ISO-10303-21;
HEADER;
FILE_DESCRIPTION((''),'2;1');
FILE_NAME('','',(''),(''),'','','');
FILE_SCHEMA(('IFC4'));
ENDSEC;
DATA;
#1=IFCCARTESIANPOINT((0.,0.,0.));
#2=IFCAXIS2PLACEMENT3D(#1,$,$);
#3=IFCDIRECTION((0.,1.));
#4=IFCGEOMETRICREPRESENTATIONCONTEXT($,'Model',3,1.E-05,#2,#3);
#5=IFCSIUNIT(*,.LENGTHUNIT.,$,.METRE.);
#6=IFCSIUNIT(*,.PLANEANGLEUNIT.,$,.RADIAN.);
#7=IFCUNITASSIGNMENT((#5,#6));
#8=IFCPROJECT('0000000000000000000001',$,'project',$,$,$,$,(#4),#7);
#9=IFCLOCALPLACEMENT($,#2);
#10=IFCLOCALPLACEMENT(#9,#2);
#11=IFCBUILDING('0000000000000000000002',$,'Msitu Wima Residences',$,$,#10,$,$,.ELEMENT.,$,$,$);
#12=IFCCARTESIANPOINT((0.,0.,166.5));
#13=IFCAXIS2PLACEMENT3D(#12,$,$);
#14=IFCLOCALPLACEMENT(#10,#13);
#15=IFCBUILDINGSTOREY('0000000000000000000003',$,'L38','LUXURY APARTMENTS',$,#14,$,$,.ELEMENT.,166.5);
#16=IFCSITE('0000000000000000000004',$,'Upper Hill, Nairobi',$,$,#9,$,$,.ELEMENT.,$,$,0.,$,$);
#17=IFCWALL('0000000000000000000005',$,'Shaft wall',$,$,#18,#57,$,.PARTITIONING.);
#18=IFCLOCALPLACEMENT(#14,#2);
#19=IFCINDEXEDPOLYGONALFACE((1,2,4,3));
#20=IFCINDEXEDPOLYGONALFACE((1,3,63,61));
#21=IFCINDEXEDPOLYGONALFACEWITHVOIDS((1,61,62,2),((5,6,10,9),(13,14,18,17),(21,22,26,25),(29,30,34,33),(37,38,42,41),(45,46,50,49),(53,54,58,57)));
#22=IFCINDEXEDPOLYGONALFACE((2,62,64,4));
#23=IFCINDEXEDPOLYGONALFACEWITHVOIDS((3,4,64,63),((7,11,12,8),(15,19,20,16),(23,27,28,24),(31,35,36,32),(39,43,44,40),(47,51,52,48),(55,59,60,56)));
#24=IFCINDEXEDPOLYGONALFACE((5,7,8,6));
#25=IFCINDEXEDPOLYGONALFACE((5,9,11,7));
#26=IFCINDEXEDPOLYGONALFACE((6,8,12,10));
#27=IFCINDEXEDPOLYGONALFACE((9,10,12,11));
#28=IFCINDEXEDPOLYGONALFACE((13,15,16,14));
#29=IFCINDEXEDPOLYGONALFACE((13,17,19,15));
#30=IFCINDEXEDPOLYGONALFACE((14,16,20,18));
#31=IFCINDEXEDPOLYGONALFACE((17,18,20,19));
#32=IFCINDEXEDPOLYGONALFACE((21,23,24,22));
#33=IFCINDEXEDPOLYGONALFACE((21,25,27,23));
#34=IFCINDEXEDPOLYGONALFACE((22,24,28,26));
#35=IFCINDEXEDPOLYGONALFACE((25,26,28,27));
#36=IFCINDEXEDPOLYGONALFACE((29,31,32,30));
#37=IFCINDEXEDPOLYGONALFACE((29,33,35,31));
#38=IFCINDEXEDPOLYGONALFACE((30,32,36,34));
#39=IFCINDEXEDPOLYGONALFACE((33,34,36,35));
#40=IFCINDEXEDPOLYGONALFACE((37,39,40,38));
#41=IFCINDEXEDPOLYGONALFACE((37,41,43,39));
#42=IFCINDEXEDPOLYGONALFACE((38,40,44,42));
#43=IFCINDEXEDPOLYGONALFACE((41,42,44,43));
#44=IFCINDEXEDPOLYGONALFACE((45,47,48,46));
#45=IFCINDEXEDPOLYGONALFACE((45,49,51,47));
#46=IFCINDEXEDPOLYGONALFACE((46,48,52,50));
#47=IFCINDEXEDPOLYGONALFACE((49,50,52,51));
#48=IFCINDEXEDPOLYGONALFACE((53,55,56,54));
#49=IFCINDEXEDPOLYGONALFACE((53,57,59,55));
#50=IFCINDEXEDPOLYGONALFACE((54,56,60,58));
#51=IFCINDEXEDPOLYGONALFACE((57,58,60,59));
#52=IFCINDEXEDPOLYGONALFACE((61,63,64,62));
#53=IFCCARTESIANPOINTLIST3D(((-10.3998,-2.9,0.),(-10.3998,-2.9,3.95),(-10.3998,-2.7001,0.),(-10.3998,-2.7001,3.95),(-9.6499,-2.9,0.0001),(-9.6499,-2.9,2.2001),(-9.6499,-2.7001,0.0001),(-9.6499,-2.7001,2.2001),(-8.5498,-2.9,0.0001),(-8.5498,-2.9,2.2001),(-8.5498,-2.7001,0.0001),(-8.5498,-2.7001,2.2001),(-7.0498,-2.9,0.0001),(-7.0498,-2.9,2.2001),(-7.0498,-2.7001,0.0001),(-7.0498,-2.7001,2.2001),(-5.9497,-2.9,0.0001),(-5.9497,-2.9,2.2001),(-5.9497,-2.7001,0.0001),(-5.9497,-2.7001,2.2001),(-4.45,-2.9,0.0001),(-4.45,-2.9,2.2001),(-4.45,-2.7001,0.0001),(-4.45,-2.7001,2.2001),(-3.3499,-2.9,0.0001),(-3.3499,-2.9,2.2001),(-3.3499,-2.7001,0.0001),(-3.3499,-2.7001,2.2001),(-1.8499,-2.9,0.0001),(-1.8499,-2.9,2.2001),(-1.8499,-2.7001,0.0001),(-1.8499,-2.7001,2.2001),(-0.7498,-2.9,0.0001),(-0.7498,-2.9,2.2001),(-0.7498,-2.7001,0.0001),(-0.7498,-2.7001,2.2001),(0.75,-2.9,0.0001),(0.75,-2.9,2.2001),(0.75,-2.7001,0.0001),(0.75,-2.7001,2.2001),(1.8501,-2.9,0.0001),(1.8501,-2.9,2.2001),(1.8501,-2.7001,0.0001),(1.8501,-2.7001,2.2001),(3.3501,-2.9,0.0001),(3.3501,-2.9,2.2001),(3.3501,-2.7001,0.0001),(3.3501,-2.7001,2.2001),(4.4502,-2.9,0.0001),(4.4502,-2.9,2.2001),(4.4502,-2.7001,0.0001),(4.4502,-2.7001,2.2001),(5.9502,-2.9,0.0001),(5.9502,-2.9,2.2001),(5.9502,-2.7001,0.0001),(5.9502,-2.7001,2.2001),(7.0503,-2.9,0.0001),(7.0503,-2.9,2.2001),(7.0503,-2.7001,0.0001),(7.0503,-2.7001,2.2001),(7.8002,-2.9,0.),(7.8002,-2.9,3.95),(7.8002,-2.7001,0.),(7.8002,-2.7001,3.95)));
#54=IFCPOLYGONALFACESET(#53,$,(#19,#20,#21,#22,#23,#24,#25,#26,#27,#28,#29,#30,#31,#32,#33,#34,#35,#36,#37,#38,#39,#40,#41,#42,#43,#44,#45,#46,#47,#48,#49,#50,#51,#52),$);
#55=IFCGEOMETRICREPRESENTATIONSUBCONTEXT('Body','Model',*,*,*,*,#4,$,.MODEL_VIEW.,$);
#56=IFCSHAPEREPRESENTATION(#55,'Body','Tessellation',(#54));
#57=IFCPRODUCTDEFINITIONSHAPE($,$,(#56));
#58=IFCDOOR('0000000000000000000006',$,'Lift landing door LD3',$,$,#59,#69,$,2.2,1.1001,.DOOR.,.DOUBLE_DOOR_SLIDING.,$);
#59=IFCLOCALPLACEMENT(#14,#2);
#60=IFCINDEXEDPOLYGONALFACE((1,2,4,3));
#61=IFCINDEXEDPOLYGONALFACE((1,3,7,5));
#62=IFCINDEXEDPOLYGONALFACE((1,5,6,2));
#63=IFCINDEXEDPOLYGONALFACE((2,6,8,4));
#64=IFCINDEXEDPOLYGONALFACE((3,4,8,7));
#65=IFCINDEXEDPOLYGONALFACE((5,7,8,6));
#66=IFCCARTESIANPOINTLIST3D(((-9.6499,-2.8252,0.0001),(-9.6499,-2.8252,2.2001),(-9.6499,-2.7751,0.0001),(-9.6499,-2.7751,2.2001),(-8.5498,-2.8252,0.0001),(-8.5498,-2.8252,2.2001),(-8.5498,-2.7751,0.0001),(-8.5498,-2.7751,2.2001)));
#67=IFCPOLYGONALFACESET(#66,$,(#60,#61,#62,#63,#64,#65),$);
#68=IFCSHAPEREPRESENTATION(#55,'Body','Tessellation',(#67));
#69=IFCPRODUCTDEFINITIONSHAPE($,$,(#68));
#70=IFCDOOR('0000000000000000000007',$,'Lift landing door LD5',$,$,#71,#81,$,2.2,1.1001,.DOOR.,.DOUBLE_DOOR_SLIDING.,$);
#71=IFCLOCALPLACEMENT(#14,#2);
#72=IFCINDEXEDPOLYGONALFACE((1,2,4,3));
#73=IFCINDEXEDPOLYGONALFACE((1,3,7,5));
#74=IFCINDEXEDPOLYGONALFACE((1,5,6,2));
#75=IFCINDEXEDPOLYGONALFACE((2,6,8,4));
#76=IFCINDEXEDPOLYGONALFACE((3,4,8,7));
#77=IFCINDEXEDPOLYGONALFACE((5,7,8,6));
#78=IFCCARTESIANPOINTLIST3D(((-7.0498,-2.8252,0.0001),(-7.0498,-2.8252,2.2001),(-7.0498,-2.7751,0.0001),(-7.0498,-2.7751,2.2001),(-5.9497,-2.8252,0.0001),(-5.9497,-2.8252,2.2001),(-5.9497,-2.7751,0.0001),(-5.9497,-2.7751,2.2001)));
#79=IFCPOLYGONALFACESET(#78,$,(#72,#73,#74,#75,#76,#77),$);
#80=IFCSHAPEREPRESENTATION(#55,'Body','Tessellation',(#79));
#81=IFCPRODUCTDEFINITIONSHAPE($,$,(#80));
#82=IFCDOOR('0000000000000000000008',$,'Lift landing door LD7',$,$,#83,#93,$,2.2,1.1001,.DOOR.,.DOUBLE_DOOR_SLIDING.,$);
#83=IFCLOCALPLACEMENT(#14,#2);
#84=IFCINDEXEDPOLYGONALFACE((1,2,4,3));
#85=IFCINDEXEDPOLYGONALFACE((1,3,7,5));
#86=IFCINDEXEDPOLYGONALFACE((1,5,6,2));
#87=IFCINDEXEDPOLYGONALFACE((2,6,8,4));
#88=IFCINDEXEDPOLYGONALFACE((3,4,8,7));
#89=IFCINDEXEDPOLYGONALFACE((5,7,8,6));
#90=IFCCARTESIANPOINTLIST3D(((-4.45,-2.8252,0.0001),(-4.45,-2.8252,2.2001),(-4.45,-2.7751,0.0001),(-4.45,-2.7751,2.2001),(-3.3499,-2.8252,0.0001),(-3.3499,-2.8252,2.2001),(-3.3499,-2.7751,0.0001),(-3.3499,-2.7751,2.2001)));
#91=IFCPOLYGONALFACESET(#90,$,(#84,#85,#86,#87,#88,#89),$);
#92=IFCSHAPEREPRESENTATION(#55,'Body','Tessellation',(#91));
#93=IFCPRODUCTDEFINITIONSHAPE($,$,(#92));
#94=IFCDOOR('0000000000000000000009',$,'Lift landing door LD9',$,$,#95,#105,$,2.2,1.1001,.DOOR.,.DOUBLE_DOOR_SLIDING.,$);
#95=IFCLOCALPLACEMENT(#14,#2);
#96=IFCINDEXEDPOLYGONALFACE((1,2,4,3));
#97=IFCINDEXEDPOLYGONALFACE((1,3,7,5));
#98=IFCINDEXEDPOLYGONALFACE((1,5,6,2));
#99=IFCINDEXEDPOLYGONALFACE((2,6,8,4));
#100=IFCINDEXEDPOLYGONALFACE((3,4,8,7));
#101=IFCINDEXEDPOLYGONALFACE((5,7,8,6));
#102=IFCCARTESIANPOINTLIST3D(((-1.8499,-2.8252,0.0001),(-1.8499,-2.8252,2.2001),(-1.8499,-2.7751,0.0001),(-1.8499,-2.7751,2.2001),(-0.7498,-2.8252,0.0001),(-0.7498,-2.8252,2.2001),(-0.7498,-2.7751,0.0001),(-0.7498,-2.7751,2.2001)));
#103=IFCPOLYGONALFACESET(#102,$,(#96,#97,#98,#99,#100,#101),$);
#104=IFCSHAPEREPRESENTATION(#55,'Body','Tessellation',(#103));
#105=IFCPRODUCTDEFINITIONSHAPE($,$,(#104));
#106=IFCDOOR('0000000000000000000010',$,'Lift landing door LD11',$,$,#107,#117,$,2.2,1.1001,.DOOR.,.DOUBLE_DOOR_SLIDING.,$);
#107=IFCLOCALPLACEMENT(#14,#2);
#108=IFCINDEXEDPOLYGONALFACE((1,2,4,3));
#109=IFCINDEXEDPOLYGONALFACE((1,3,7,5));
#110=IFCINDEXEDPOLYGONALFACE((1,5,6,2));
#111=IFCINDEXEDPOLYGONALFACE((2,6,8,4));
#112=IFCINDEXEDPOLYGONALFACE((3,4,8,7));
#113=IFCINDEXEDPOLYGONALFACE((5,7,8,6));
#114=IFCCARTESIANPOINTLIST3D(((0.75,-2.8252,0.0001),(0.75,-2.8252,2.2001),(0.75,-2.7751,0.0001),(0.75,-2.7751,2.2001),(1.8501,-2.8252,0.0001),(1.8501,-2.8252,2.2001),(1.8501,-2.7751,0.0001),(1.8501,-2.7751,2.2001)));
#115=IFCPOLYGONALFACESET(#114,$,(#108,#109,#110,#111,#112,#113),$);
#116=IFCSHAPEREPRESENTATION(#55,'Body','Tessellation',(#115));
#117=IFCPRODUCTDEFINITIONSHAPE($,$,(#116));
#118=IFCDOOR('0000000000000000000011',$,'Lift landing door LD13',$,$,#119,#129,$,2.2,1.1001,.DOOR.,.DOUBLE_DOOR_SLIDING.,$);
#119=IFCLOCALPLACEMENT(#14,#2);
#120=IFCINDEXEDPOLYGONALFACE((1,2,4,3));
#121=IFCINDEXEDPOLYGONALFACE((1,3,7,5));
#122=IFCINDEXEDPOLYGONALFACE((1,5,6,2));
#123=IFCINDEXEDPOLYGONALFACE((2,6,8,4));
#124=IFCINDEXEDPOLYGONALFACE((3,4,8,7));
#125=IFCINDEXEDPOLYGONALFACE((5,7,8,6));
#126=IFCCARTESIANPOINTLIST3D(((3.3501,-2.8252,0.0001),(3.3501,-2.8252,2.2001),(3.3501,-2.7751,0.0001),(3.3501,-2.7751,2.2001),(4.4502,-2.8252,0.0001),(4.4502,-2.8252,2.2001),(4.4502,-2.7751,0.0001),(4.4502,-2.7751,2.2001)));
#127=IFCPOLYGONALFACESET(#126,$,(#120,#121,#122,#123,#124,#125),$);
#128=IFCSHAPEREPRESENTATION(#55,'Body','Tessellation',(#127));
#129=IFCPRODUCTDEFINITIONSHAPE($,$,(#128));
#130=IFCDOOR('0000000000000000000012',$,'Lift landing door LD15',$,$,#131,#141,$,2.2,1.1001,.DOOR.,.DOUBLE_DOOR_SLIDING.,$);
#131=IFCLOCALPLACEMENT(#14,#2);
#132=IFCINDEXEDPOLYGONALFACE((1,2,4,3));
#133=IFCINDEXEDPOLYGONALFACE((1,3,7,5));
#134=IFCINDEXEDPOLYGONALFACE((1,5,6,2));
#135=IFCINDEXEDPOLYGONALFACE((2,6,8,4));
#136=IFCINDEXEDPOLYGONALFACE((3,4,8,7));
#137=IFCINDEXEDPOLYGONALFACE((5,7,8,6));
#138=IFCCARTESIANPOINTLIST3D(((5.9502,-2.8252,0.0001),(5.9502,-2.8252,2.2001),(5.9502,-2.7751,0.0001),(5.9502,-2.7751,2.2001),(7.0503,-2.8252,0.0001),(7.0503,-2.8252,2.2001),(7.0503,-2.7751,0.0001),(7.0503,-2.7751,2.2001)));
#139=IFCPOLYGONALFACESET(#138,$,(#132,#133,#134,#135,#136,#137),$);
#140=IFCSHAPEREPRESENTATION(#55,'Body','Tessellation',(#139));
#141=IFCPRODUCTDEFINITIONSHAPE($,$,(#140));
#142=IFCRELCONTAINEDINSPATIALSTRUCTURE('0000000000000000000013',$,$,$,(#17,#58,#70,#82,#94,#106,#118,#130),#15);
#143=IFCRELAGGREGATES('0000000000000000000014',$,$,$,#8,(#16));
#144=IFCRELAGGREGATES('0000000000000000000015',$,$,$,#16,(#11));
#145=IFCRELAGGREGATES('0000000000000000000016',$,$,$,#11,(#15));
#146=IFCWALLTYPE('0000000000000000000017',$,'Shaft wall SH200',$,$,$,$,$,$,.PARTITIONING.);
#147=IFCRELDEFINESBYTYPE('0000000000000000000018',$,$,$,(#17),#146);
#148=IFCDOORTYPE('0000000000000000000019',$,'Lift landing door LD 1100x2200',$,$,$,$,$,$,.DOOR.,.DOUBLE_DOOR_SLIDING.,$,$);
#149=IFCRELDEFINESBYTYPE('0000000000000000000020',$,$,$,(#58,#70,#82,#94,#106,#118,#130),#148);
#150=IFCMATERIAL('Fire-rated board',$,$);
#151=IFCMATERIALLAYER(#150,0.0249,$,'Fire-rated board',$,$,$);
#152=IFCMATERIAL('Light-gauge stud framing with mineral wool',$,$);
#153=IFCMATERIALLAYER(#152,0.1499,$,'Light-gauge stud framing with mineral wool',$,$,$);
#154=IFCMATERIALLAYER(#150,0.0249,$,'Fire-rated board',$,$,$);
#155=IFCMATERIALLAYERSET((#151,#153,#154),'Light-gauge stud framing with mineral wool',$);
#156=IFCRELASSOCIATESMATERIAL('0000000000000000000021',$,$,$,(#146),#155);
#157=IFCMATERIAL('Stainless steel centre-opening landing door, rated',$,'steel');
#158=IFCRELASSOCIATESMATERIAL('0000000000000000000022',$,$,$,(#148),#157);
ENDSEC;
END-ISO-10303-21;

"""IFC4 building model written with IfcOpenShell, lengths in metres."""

from ifc_helpers import new_model, si_unit, direction, frame, frame_2d, origin, place, context, subcontext, project, spatial, rectangle, extrude, material, layer, layer_set, type_object, element, fill, save


model = new_model("IFC4")

# Units and contexts
model_context = context("Model", 3, precision=1e-05, world=origin(), true_north=direction((0.0, 1.0)))
body_context = subcontext(model_context, "Body", "Model", "MODEL_VIEW")
ifc_project = project(units=[si_unit("LENGTHUNIT", "METRE"), si_unit("PLANEANGLEUNIT", "RADIAN")], contexts=[model_context])

# Site, building, storey
site_placement = place(None, origin())
site = spatial("IfcSite", under=ifc_project, at=site_placement, Name="Upper Hill, Nairobi", CompositionType="ELEMENT", RefElevation=0.0)
building_placement = place(site_placement, origin())
building = spatial("IfcBuilding", under=site, at=building_placement, Name="Msitu Wima Residences", CompositionType="ELEMENT")
storey_placement = place(building_placement, frame((0.0, 0.0, 166.5)))
storey = spatial("IfcBuildingStorey", under=building, at=storey_placement, Name="L38", Description="LUXURY APARTMENTS", CompositionType="ELEMENT", Elevation=166.5)

# Shared definitions
ifc_material_1 = material(Name="Fire-rated board")
ifc_layer_1 = layer(ifc_material_1, 0.0249, Name="Fire-rated board")
ifc_material_2 = material(Name="Light-gauge stud framing with mineral wool")
ifc_layer_2 = layer(ifc_material_2, 0.1499, Name="Light-gauge stud framing with mineral wool")
ifc_layer_3 = layer(ifc_material_1, 0.0249, Name="Fire-rated board")
ifc_layer_set_1 = layer_set([ifc_layer_1, ifc_layer_2, ifc_layer_3], Name="Light-gauge stud framing with mineral wool")
wall_type_1 = type_object("IfcWallType", Name="Shaft wall SH200", PredefinedType="PARTITIONING", material=ifc_layer_set_1)

# Wall, openings, doors
wall_1_placement = place(storey_placement, frame((-10.3999, -2.8, 0.0), z_axis=(0.0, 0.0, 1.0), x_axis=(1.0, 0.0, 0.0)))
wall_1 = element("IfcWall", 1, at=wall_1_placement, inside=storey, type_object=wall_type_1, Name="Shaft wall", PredefinedType="PARTITIONING", context=body_context, shape_type="SweptSolid", body=[
    extrude(rectangle(XDim=18.2, YDim=0.2, at=frame_2d((9.1001, 0.0))), origin(), (0.0, 0.0, 1.0), 3.95),
])
opening_1_placement = place(wall_1_placement, frame((0.75, 0.0, 0.0)))
opening_1 = element("IfcOpeningElement", 2, at=opening_1_placement, cuts=wall_1, PredefinedType="OPENING", context=body_context, shape_type="SweptSolid", body=[
    extrude(rectangle(XDim=1.1001, YDim=2.2, at=frame_2d((0.55, 1.1001))), frame((0.0, 0.1099, 0.0), z_axis=(0.0, -1.0, 0.0), x_axis=(1.0, 0.0, 0.0)), (0.0, 0.0, 1.0), 0.22),
])
opening_2_placement = place(wall_1_placement, frame((3.3501, 0.0, 0.0)))
opening_2 = element("IfcOpeningElement", 3, at=opening_2_placement, cuts=wall_1, PredefinedType="OPENING", context=body_context, shape_type="SweptSolid", body=[
    extrude(rectangle(XDim=1.1001, YDim=2.2, at=frame_2d((0.55, 1.1001))), frame((0.0, 0.1099, 0.0), z_axis=(0.0, -1.0, 0.0), x_axis=(1.0, 0.0, 0.0)), (0.0, 0.0, 1.0), 0.22),
])
opening_3_placement = place(wall_1_placement, frame((5.95, 0.0, 0.0)))
opening_3 = element("IfcOpeningElement", 4, at=opening_3_placement, cuts=wall_1, PredefinedType="OPENING", context=body_context, shape_type="SweptSolid", body=[
    extrude(rectangle(XDim=1.1001, YDim=2.2, at=frame_2d((0.55, 1.1001))), frame((0.0, 0.1099, 0.0), z_axis=(0.0, -1.0, 0.0), x_axis=(1.0, 0.0, 0.0)), (0.0, 0.0, 1.0), 0.22),
])
opening_4_placement = place(wall_1_placement, frame((8.55, 0.0, 0.0)))
opening_4 = element("IfcOpeningElement", 5, at=opening_4_placement, cuts=wall_1, PredefinedType="OPENING", context=body_context, shape_type="SweptSolid", body=[
    extrude(rectangle(XDim=1.1001, YDim=2.2, at=frame_2d((0.55, 1.1001))), frame((0.0, 0.1099, 0.0), z_axis=(0.0, -1.0, 0.0), x_axis=(1.0, 0.0, 0.0)), (0.0, 0.0, 1.0), 0.22),
])
opening_5_placement = place(wall_1_placement, frame((11.1499, 0.0, 0.0)))
opening_5 = element("IfcOpeningElement", 6, at=opening_5_placement, cuts=wall_1, PredefinedType="OPENING", context=body_context, shape_type="SweptSolid", body=[
    extrude(rectangle(XDim=1.1001, YDim=2.2, at=frame_2d((0.55, 1.1001))), frame((0.0, 0.1099, 0.0), z_axis=(0.0, -1.0, 0.0), x_axis=(1.0, 0.0, 0.0)), (0.0, 0.0, 1.0), 0.22),
])
opening_6_placement = place(wall_1_placement, frame((13.75, 0.0, 0.0)))
opening_6 = element("IfcOpeningElement", 7, at=opening_6_placement, cuts=wall_1, PredefinedType="OPENING", context=body_context, shape_type="SweptSolid", body=[
    extrude(rectangle(XDim=1.1001, YDim=2.2, at=frame_2d((0.55, 1.1001))), frame((0.0, 0.1099, 0.0), z_axis=(0.0, -1.0, 0.0), x_axis=(1.0, 0.0, 0.0)), (0.0, 0.0, 1.0), 0.22),
])
opening_7_placement = place(wall_1_placement, frame((16.3501, 0.0, 0.0)))
opening_7 = element("IfcOpeningElement", 8, at=opening_7_placement, cuts=wall_1, PredefinedType="OPENING", context=body_context, shape_type="SweptSolid", body=[
    extrude(rectangle(XDim=1.1001, YDim=2.2, at=frame_2d((0.55, 1.1001))), frame((0.0, 0.1099, 0.0), z_axis=(0.0, -1.0, 0.0), x_axis=(1.0, 0.0, 0.0)), (0.0, 0.0, 1.0), 0.22),
])
ifc_material_3 = material(Name="Stainless steel centre-opening landing door, rated", Category="steel")
door_type_1 = type_object("IfcDoorType", Name="Lift landing door LD 1100x2200", OperationType="DOUBLE_DOOR_SLIDING", PredefinedType="DOOR", material=ifc_material_3)
door_1_placement = place(opening_1_placement, origin())
door_1 = element("IfcDoor", 9, at=door_1_placement, inside=storey, type_object=door_type_1, Name="Lift landing door LD3", OperationType="DOUBLE_DOOR_SLIDING", OverallHeight=2.2, OverallWidth=1.1001, PredefinedType="DOOR", context=body_context, shape_type="SweptSolid", body=[
    extrude(rectangle(XDim=1.1001, YDim=2.2, at=frame_2d((0.55, 1.1001))), frame((0.0, 0.0249, 0.0), z_axis=(0.0, -1.0, 0.0), x_axis=(1.0, 0.0, 0.0)), (0.0, 0.0, 1.0), 0.05),
])
fill(opening_1, door_1)
door_2_placement = place(opening_2_placement, origin())
door_2 = element("IfcDoor", 10, at=door_2_placement, inside=storey, type_object=door_type_1, Name="Lift landing door LD5", OperationType="DOUBLE_DOOR_SLIDING", OverallHeight=2.2, OverallWidth=1.1001, PredefinedType="DOOR", context=body_context, shape_type="SweptSolid", body=[
    extrude(rectangle(XDim=1.1001, YDim=2.2, at=frame_2d((0.55, 1.1001))), frame((0.0, 0.0249, 0.0), z_axis=(0.0, -1.0, 0.0), x_axis=(1.0, 0.0, 0.0)), (0.0, 0.0, 1.0), 0.05),
])
fill(opening_2, door_2)
door_3_placement = place(opening_3_placement, origin())
door_3 = element("IfcDoor", 11, at=door_3_placement, inside=storey, type_object=door_type_1, Name="Lift landing door LD7", OperationType="DOUBLE_DOOR_SLIDING", OverallHeight=2.2, OverallWidth=1.1001, PredefinedType="DOOR", context=body_context, shape_type="SweptSolid", body=[
    extrude(rectangle(XDim=1.1001, YDim=2.2, at=frame_2d((0.55, 1.1001))), frame((0.0, 0.0249, 0.0), z_axis=(0.0, -1.0, 0.0), x_axis=(1.0, 0.0, 0.0)), (0.0, 0.0, 1.0), 0.05),
])
fill(opening_3, door_3)
door_4_placement = place(opening_4_placement, origin())
door_4 = element("IfcDoor", 12, at=door_4_placement, inside=storey, type_object=door_type_1, Name="Lift landing door LD9", OperationType="DOUBLE_DOOR_SLIDING", OverallHeight=2.2, OverallWidth=1.1001, PredefinedType="DOOR", context=body_context, shape_type="SweptSolid", body=[
    extrude(rectangle(XDim=1.1001, YDim=2.2, at=frame_2d((0.55, 1.1001))), frame((0.0, 0.0249, 0.0), z_axis=(0.0, -1.0, 0.0), x_axis=(1.0, 0.0, 0.0)), (0.0, 0.0, 1.0), 0.05),
])
fill(opening_4, door_4)
door_5_placement = place(opening_5_placement, origin())
door_5 = element("IfcDoor", 13, at=door_5_placement, inside=storey, type_object=door_type_1, Name="Lift landing door LD11", OperationType="DOUBLE_DOOR_SLIDING", OverallHeight=2.2, OverallWidth=1.1001, PredefinedType="DOOR", context=body_context, shape_type="SweptSolid", body=[
    extrude(rectangle(XDim=1.1001, YDim=2.2, at=frame_2d((0.55, 1.1001))), frame((0.0, 0.0249, 0.0), z_axis=(0.0, -1.0, 0.0), x_axis=(1.0, 0.0, 0.0)), (0.0, 0.0, 1.0), 0.05),
])
fill(opening_5, door_5)
door_6_placement = place(opening_6_placement, origin())
door_6 = element("IfcDoor", 14, at=door_6_placement, inside=storey, type_object=door_type_1, Name="Lift landing door LD13", OperationType="DOUBLE_DOOR_SLIDING", OverallHeight=2.2, OverallWidth=1.1001, PredefinedType="DOOR", context=body_context, shape_type="SweptSolid", body=[
    extrude(rectangle(XDim=1.1001, YDim=2.2, at=frame_2d((0.55, 1.1001))), frame((0.0, 0.0249, 0.0), z_axis=(0.0, -1.0, 0.0), x_axis=(1.0, 0.0, 0.0)), (0.0, 0.0, 1.0), 0.05),
])
fill(opening_6, door_6)
door_7_placement = place(opening_7_placement, origin())
door_7 = element("IfcDoor", 15, at=door_7_placement, inside=storey, type_object=door_type_1, Name="Lift landing door LD15", OperationType="DOUBLE_DOOR_SLIDING", OverallHeight=2.2, OverallWidth=1.1001, PredefinedType="DOOR", context=body_context, shape_type="SweptSolid", body=[
    extrude(rectangle(XDim=1.1001, YDim=2.2, at=frame_2d((0.55, 1.1001))), frame((0.0, 0.0249, 0.0), z_axis=(0.0, -1.0, 0.0), x_axis=(1.0, 0.0, 0.0)), (0.0, 0.0, 1.0), 0.05),
])
fill(opening_7, door_7)

save(model, "model.ifc")
